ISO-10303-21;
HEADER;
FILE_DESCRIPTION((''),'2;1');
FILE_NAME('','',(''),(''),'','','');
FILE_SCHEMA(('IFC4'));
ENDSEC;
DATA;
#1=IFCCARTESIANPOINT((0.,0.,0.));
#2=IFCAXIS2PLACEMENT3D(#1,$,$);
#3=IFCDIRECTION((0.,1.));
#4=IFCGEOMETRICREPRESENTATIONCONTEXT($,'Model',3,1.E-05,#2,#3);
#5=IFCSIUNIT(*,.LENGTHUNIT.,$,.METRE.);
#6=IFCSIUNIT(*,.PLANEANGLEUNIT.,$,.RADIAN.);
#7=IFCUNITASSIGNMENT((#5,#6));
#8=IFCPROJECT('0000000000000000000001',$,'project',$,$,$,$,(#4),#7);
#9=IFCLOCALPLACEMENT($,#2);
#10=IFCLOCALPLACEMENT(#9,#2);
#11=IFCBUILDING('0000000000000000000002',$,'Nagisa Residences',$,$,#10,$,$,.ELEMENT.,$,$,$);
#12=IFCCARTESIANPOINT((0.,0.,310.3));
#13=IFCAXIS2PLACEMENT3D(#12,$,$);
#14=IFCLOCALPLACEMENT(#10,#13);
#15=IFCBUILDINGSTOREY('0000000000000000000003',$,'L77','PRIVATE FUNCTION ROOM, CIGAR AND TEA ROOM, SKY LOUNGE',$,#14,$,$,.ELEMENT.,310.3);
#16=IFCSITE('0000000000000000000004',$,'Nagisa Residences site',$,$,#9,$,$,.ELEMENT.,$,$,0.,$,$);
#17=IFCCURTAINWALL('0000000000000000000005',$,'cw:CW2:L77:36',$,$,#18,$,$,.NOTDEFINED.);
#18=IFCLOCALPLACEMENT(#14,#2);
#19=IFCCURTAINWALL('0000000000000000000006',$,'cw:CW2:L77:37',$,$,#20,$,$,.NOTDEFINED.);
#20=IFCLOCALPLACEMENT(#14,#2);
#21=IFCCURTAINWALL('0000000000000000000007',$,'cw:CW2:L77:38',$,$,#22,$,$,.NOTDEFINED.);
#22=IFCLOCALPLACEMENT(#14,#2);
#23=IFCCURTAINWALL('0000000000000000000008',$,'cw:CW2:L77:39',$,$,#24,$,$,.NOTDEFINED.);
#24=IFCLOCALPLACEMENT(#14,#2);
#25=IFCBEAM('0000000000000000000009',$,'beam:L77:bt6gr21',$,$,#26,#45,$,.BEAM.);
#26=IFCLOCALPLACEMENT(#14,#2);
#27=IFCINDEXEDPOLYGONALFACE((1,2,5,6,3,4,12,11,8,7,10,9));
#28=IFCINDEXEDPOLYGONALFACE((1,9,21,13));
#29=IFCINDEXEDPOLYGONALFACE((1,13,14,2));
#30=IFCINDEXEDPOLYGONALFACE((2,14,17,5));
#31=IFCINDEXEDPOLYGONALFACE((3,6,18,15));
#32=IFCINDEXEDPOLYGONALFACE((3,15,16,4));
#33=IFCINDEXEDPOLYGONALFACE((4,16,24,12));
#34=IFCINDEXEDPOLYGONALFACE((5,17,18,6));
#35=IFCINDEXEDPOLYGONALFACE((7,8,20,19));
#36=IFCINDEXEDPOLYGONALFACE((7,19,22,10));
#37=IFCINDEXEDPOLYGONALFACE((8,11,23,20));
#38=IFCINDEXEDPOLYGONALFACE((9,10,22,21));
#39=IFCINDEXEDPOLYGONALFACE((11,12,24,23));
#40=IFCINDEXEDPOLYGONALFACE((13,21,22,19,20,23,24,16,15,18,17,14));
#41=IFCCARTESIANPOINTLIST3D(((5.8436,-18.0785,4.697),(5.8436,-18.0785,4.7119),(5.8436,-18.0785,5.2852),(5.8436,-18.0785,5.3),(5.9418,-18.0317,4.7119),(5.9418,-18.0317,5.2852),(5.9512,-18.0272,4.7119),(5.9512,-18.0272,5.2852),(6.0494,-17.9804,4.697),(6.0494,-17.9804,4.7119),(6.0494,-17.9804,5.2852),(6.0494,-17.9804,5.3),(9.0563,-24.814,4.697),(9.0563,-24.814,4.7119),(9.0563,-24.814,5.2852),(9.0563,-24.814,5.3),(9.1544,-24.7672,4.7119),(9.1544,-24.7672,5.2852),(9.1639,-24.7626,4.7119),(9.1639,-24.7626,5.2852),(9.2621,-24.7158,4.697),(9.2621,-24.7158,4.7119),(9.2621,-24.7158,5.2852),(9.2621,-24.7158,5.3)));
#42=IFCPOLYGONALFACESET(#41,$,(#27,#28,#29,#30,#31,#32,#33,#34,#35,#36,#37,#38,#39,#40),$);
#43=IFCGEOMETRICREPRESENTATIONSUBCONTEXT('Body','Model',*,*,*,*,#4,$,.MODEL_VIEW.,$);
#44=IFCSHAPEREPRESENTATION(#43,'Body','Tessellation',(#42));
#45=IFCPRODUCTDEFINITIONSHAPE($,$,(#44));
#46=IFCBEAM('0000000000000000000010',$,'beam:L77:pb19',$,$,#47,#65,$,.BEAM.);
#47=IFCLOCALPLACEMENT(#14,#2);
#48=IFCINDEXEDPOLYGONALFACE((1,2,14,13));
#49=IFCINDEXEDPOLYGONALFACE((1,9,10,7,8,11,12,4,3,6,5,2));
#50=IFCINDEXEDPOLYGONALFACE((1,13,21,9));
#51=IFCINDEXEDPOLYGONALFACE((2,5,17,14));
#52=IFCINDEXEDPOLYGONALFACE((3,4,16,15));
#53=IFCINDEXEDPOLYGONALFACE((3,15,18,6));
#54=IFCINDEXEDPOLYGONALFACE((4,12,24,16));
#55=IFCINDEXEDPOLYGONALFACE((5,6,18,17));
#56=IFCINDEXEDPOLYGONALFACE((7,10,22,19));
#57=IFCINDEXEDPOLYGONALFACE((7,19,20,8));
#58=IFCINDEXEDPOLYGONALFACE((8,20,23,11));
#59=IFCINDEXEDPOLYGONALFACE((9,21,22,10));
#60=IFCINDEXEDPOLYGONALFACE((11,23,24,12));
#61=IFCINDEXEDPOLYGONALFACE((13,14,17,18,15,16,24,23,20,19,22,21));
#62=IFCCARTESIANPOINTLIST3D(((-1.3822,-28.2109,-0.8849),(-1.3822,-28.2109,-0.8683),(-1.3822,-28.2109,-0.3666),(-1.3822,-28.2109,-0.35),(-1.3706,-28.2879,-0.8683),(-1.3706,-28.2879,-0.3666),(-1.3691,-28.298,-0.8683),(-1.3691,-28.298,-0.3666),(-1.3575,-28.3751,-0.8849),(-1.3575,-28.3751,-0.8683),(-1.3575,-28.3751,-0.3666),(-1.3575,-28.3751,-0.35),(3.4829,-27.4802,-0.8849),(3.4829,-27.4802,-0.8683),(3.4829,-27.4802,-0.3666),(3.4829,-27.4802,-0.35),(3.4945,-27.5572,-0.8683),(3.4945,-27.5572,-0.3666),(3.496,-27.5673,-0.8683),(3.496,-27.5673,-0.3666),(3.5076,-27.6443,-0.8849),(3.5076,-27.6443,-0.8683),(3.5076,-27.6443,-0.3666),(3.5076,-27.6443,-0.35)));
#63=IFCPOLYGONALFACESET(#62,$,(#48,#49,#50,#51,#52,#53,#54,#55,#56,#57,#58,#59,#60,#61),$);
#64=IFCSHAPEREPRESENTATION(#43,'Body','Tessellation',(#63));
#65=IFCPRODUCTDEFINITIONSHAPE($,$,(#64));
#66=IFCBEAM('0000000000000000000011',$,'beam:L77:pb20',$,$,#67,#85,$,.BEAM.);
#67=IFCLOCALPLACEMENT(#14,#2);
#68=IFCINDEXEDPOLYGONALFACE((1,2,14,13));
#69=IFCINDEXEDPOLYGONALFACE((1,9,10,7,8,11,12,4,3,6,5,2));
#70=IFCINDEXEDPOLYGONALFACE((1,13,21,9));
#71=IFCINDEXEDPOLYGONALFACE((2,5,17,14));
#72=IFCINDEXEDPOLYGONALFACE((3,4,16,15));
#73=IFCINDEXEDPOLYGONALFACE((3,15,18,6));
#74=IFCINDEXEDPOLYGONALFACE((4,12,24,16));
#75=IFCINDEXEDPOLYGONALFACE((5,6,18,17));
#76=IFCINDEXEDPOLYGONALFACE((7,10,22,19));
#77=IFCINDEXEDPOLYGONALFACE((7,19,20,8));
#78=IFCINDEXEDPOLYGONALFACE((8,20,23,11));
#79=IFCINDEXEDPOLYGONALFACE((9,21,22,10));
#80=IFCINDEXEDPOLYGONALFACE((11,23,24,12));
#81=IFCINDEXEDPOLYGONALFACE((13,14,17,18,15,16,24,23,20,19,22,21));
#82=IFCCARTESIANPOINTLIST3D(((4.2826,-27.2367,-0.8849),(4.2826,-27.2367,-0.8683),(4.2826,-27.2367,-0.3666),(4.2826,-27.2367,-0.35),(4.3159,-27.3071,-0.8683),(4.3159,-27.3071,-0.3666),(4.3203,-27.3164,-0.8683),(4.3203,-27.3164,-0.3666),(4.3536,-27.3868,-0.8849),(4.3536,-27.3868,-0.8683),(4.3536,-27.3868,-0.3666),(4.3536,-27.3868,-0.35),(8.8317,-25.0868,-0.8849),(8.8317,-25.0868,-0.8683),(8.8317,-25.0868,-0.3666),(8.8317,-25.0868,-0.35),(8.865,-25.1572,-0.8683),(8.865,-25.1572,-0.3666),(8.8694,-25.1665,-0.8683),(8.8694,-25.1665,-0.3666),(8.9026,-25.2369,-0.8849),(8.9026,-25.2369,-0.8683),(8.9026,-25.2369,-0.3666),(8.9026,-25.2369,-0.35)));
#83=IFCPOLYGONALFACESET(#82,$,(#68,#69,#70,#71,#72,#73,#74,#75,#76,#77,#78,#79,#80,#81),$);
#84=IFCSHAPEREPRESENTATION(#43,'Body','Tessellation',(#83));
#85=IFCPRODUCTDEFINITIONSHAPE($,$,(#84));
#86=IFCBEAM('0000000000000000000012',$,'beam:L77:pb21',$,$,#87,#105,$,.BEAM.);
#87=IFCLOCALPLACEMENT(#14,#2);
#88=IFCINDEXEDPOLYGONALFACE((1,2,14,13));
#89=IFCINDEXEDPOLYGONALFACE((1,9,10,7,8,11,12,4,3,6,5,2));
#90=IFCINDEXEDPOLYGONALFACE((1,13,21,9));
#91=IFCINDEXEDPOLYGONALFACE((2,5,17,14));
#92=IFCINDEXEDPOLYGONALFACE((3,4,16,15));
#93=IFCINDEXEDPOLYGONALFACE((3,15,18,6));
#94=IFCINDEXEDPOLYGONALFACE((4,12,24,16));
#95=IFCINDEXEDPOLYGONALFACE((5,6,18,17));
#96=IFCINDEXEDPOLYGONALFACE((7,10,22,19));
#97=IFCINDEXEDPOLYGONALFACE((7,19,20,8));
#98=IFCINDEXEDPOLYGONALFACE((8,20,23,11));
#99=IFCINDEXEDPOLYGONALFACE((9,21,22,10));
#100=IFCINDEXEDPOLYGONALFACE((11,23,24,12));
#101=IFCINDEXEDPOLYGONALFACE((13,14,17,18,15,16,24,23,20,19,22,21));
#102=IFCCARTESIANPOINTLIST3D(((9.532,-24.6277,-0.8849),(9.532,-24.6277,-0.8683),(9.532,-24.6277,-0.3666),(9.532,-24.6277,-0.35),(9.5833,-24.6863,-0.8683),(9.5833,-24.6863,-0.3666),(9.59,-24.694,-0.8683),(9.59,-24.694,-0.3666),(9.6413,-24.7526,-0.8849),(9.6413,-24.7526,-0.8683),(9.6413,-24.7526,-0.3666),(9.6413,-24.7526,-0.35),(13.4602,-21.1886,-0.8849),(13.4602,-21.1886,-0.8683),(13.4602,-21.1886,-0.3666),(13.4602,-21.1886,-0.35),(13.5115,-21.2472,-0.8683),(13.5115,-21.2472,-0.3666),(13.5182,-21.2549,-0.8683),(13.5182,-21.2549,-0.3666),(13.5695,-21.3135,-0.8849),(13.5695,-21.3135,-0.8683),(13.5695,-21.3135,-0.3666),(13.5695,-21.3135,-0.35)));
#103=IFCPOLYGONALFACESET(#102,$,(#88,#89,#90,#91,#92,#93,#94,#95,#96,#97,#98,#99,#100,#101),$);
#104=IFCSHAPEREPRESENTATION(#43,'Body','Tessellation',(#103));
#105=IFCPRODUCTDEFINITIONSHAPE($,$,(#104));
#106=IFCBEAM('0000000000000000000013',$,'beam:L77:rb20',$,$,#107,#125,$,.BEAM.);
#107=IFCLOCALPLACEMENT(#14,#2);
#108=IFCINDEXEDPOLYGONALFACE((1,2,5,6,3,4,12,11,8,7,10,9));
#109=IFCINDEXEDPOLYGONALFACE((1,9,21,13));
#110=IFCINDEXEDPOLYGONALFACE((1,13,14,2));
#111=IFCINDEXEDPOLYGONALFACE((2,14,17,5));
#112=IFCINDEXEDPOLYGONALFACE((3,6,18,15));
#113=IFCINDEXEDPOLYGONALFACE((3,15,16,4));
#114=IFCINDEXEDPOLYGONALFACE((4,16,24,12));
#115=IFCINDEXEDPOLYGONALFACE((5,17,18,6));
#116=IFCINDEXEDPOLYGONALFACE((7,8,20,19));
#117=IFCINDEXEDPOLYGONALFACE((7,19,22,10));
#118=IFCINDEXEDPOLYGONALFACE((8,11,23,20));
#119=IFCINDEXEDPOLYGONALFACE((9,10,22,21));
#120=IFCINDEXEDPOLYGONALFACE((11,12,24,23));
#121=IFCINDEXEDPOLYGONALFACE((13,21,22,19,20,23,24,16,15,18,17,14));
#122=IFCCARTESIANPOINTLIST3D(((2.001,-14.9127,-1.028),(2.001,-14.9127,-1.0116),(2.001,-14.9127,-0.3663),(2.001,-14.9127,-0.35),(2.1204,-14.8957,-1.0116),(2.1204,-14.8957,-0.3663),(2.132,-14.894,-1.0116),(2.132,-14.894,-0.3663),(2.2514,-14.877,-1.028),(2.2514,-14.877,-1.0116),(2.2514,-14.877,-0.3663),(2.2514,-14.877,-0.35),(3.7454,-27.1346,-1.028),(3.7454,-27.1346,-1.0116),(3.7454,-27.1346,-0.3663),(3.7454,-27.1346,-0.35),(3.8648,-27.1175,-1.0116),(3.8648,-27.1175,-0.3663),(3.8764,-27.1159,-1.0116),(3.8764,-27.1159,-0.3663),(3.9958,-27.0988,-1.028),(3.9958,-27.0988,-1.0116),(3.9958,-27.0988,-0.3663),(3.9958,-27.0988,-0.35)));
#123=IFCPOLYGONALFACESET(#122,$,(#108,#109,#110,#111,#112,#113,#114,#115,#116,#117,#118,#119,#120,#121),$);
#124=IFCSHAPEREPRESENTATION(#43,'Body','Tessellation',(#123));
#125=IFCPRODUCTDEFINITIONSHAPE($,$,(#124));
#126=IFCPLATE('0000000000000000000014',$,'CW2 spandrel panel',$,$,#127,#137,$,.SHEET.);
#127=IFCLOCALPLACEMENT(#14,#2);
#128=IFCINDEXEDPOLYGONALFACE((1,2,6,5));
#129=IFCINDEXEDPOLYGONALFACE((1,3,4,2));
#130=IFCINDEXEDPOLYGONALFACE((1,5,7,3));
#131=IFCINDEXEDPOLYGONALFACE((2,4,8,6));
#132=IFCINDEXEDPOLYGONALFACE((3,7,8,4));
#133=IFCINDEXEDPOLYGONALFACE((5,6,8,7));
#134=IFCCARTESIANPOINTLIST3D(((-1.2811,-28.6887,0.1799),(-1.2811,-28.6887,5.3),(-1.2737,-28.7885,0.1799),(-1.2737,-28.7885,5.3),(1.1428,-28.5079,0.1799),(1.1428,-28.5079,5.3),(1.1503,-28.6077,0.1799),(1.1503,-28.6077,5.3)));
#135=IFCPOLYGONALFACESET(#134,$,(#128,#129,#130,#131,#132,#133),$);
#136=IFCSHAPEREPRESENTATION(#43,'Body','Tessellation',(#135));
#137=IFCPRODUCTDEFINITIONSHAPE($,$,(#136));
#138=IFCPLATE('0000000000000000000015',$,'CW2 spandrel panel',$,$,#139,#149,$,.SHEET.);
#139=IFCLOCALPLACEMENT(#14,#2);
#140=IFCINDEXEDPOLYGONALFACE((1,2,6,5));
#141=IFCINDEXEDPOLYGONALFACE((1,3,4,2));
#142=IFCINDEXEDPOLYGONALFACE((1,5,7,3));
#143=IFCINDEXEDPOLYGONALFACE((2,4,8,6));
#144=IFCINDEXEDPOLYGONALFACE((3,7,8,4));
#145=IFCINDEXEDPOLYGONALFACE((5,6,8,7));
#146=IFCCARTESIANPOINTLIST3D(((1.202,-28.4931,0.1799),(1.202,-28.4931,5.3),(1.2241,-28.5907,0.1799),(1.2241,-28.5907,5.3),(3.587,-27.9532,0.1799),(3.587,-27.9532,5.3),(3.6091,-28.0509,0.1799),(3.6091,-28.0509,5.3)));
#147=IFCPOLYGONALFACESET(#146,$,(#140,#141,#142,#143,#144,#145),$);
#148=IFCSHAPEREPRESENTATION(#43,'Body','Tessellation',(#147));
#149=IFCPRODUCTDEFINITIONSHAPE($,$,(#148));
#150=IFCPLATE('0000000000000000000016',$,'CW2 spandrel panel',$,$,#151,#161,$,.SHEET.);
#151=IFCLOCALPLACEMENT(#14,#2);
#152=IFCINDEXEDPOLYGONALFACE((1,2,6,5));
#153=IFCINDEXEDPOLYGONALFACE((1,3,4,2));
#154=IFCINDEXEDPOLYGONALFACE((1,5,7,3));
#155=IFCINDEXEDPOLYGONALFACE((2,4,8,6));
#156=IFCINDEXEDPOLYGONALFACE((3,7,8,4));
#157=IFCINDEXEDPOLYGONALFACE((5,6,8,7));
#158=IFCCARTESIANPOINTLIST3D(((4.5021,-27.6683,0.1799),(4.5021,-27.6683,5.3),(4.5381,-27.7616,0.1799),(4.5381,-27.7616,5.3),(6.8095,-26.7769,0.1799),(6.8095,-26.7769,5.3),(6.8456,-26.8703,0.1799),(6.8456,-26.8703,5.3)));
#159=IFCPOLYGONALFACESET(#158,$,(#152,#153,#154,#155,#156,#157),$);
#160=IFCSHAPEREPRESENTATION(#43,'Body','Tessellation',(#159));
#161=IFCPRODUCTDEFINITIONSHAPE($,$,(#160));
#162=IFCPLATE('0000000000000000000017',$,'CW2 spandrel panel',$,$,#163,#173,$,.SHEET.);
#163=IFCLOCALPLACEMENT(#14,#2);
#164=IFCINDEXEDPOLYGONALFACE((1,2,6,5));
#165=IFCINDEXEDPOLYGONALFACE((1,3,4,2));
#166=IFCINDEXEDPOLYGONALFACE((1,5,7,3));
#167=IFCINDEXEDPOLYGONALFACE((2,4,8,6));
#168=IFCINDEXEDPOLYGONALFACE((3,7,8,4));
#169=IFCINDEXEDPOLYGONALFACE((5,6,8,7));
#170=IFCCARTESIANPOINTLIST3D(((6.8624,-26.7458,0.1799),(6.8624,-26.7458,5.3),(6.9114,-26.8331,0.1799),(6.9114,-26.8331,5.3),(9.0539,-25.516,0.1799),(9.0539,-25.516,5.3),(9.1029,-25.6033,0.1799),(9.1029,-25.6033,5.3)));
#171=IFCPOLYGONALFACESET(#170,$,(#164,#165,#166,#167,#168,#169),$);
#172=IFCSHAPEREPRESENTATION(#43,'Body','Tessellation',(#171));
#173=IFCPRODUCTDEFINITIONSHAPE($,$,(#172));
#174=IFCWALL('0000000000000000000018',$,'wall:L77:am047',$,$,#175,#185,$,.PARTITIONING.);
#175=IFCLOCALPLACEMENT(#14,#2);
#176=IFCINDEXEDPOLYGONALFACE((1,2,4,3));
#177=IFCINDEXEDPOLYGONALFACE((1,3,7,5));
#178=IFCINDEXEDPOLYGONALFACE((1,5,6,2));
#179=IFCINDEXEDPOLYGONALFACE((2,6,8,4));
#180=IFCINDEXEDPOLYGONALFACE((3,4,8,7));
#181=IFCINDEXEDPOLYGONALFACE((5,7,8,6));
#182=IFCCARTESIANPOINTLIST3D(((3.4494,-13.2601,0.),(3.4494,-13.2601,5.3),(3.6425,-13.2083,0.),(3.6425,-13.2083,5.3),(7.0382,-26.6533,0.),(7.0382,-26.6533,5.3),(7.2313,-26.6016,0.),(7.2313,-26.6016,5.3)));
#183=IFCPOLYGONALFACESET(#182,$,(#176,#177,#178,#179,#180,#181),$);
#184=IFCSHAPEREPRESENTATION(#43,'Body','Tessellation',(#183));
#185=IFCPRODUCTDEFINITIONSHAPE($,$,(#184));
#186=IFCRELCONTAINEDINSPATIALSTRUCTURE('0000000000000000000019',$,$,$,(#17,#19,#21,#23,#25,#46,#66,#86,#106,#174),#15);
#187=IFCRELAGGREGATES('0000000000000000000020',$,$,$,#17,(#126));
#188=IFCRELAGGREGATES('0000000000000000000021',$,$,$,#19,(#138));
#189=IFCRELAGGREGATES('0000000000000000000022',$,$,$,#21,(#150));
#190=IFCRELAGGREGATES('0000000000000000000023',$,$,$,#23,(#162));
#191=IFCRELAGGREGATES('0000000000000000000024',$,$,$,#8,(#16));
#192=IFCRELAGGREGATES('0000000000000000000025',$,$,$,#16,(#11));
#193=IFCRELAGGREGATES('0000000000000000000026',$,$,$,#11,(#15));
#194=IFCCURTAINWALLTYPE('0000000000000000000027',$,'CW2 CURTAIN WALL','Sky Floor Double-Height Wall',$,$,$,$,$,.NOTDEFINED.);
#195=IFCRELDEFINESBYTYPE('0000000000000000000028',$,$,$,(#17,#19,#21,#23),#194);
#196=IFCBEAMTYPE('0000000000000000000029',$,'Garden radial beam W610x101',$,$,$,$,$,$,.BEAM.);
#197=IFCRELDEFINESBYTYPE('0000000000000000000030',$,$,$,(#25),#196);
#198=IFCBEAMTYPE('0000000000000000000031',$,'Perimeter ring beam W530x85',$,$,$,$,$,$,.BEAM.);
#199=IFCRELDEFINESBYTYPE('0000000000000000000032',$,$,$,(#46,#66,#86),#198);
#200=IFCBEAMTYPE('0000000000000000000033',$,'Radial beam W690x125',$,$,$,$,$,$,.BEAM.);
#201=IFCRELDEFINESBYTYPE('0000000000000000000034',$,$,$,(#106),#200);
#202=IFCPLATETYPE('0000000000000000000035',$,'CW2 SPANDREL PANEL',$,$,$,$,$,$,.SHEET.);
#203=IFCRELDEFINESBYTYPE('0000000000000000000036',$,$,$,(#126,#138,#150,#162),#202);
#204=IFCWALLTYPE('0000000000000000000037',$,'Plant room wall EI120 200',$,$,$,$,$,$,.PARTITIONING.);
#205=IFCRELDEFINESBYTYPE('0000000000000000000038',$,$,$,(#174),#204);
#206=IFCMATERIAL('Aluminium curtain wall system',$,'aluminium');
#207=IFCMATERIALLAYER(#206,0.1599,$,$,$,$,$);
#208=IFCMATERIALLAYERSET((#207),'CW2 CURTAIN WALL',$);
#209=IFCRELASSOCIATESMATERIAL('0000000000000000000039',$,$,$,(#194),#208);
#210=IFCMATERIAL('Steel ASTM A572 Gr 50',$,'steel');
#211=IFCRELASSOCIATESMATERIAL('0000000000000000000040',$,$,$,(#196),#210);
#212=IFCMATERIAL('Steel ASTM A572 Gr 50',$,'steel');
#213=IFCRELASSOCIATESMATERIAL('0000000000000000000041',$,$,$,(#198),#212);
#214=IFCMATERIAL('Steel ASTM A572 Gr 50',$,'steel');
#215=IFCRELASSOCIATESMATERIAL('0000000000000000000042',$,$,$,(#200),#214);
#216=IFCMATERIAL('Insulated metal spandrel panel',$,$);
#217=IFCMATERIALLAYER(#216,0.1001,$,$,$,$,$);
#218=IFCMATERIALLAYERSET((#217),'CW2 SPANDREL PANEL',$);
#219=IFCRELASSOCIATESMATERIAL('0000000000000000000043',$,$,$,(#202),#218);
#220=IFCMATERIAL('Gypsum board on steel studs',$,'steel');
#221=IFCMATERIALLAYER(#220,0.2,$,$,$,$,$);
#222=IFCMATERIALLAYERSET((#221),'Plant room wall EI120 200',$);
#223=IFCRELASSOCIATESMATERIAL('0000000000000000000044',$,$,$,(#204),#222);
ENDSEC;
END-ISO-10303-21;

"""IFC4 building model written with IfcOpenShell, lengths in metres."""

from ifc_helpers import new_model, si_unit, direction, frame, frame_2d, origin, origin_2d, place, context, subcontext, project, spatial, rectangle, i_section, extrude, material, layer, layer_set, material_profile, profile_set, type_object, element, aggregate, save


model = new_model("IFC4")

# Units and contexts
model_context = context("Model", 3, precision=1e-05, world=origin(), true_north=direction((0.0, 1.0)))
body_context = subcontext(model_context, "Body", "Model", "MODEL_VIEW")
ifc_project = project(units=[si_unit("LENGTHUNIT", "METRE"), si_unit("PLANEANGLEUNIT", "RADIAN")], contexts=[model_context])

# Site, building, storey
site_placement = place(None, origin())
site = spatial("IfcSite", under=ifc_project, at=site_placement, Name="Nagisa Residences site", CompositionType="ELEMENT", RefElevation=0.0)
building_placement = place(site_placement, origin())
building = spatial("IfcBuilding", under=site, at=building_placement, Name="Nagisa Residences", CompositionType="ELEMENT")
storey_placement = place(building_placement, frame((0.0, 0.0, 310.3)))
storey = spatial("IfcBuildingStorey", under=building, at=storey_placement, Name="L77", Description="PRIVATE FUNCTION ROOM, CIGAR AND TEA ROOM, SKY LOUNGE", CompositionType="ELEMENT", Elevation=310.3)

# Curtain walls
ifc_material_1 = material(Name="Aluminium curtain wall system", Category="aluminium")
ifc_layer_1 = layer(ifc_material_1, 0.1599)
ifc_layer_set_1 = layer_set([ifc_layer_1], Name="CW2 CURTAIN WALL")
curtain_wall_type = type_object("IfcCurtainWallType", Name="CW2 CURTAIN WALL", Description="Sky Floor Double-Height Wall", PredefinedType="NOTDEFINED", material=ifc_layer_set_1)
curtain_wall_1_placement = place(storey_placement, origin())
curtain_wall_1 = element("IfcCurtainWall", 1, at=curtain_wall_1_placement, inside=storey, type_object=curtain_wall_type, Name="cw:CW2:L77:36", PredefinedType="NOTDEFINED")
curtain_wall_2_placement = place(storey_placement, origin())
curtain_wall_2 = element("IfcCurtainWall", 2, at=curtain_wall_2_placement, inside=storey, type_object=curtain_wall_type, Name="cw:CW2:L77:37", PredefinedType="NOTDEFINED")
curtain_wall_3_placement = place(storey_placement, origin())
curtain_wall_3 = element("IfcCurtainWall", 3, at=curtain_wall_3_placement, inside=storey, type_object=curtain_wall_type, Name="cw:CW2:L77:38", PredefinedType="NOTDEFINED")
curtain_wall_4_placement = place(storey_placement, origin())
curtain_wall_4 = element("IfcCurtainWall", 4, at=curtain_wall_4_placement, inside=storey, type_object=curtain_wall_type, Name="cw:CW2:L77:39", PredefinedType="NOTDEFINED")

# Beams
ifc_material_2 = material(Name="Steel ASTM A572 Gr 50", Category="steel")
ifc_material_profile_1 = material_profile(ifc_material_2, i_section(OverallWidth=0.228, OverallDepth=0.603, WebThickness=0.0105, FlangeThickness=0.0149, at=origin_2d()), Name="W610x101")
ifc_profile_set_1 = profile_set([ifc_material_profile_1], Name="Steel ASTM A572 Gr 50")
beam_type_1 = type_object("IfcBeamType", Name="Garden radial beam W610x101", PredefinedType="BEAM", material=ifc_profile_set_1)
beam_1_placement = place(storey_placement, frame((9.1592, -24.7649, 4.9985), z_axis=(-0.430516, 0.902583, 0.0), x_axis=(-0.902583, -0.430516, 0.0)))
element("IfcBeam", 5, at=beam_1_placement, inside=storey, type_object=beam_type_1, Name="beam:L77:bt6gr21", PredefinedType="BEAM", context=body_context, shape_type="SweptSolid", body=[
    extrude(i_section(OverallWidth=0.228, OverallDepth=0.603, WebThickness=0.0105, FlangeThickness=0.0149, at=origin_2d()), origin(), (0.0, 0.0, 1.0), 7.4624),
])
ifc_material_3 = material(Name="Steel ASTM A572 Gr 50", Category="steel")
ifc_material_profile_2 = material_profile(ifc_material_3, i_section(OverallWidth=0.166, OverallDepth=0.5349, WebThickness=0.0103, FlangeThickness=0.0166, at=origin_2d()), Name="W530x85")
ifc_profile_set_2 = profile_set([ifc_material_profile_2], Name="Steel ASTM A572 Gr 50")
beam_type_2 = type_object("IfcBeamType", Name="Perimeter ring beam W530x85", PredefinedType="BEAM", material=ifc_profile_set_2)
beam_2_placement = place(storey_placement, frame((-1.3699, -28.293, -0.6174), z_axis=(0.988908, 0.148532, 0.0), x_axis=(-0.148532, 0.988908, 0.0)))
element("IfcBeam", 6, at=beam_2_placement, inside=storey, type_object=beam_type_2, Name="beam:L77:pb19", PredefinedType="BEAM", context=body_context, shape_type="SweptSolid", body=[
    extrude(i_section(OverallWidth=0.166, OverallDepth=0.5349, WebThickness=0.0103, FlangeThickness=0.0166, at=origin_2d()), origin(), (0.0, 0.0, 1.0), 4.9197),
])
beam_3_placement = place(storey_placement, frame((4.3181, -27.3118, -0.6174), z_axis=(0.904116, 0.427287, 0.0), x_axis=(-0.427287, 0.904116, 0.0)))
element("IfcBeam", 7, at=beam_3_placement, inside=storey, type_object=beam_type_2, Name="beam:L77:pb20", PredefinedType="BEAM", context=body_context, shape_type="SweptSolid", body=[
    extrude(i_section(OverallWidth=0.166, OverallDepth=0.5349, WebThickness=0.0103, FlangeThickness=0.0166, at=origin_2d()), origin(), (0.0, 0.0, 1.0), 5.0315),
])
beam_4_placement = place(storey_placement, frame((9.5867, -24.6902, -0.6174), z_axis=(0.752385, 0.658723, 0.0), x_axis=(-0.658723, 0.752385, 0.0)))
element("IfcBeam", 8, at=beam_4_placement, inside=storey, type_object=beam_type_2, Name="beam:L77:pb21", PredefinedType="BEAM", context=body_context, shape_type="SweptSolid", body=[
    extrude(i_section(OverallWidth=0.166, OverallDepth=0.5349, WebThickness=0.0103, FlangeThickness=0.0166, at=origin_2d()), origin(), (0.0, 0.0, 1.0), 5.2209),
])
ifc_material_4 = material(Name="Steel ASTM A572 Gr 50", Category="steel")
ifc_material_profile_3 = material_profile(ifc_material_4, i_section(OverallWidth=0.2529, OverallDepth=0.678, WebThickness=0.0117, FlangeThickness=0.0164, at=origin_2d()), Name="W690x125")
ifc_profile_set_3 = profile_set([ifc_material_profile_3], Name="Steel ASTM A572 Gr 50")
beam_type_3 = type_object("IfcBeamType", Name="Radial beam W690x125", PredefinedType="BEAM", material=ifc_profile_set_3)
beam_5_placement = place(storey_placement, frame((3.8706, -27.1167, -0.689), z_axis=(-0.141294, 0.989968, 0.0), x_axis=(-0.989968, -0.141294, 0.0)))
element("IfcBeam", 9, at=beam_5_placement, inside=storey, type_object=beam_type_3, Name="beam:L77:rb20", PredefinedType="BEAM", context=body_context, shape_type="SweptSolid", body=[
    extrude(i_section(OverallWidth=0.2529, OverallDepth=0.678, WebThickness=0.0117, FlangeThickness=0.0164, at=origin_2d()), origin(), (0.0, 0.0, 1.0), 12.3457),
])

# Plates
ifc_material_5 = material(Name="Insulated metal spandrel panel")
ifc_layer_2 = layer(ifc_material_5, 0.1001)
ifc_layer_set_2 = layer_set([ifc_layer_2], Name="CW2 SPANDREL PANEL")
plate_type = type_object("IfcPlateType", Name="CW2 SPANDREL PANEL", PredefinedType="SHEET", material=ifc_layer_set_2)
plate_1_placement = place(storey_placement, frame((-0.0654, -28.6482, 0.1799), z_axis=(0.0, 0.0, 1.0), x_axis=(0.99723, 0.074377, 0.0)))
plate_1 = element("IfcPlate", 10, at=plate_1_placement, type_object=plate_type, Name="CW2 spandrel panel", PredefinedType="SHEET", context=body_context, shape_type="SweptSolid", body=[
    extrude(rectangle(XDim=2.4307, YDim=0.1001, at=origin_2d()), origin(), (0.0, 0.0, 1.0), 5.1201),
])
aggregate(curtain_wall_1, [plate_1])
plate_2_placement = place(storey_placement, frame((2.4055, -28.272, 0.1799), z_axis=(0.0, 0.0, 1.0), x_axis=(0.975327, 0.220764, 0.0)))
plate_2 = element("IfcPlate", 11, at=plate_2_placement, type_object=plate_type, Name="CW2 spandrel panel", PredefinedType="SHEET", context=body_context, shape_type="SweptSolid", body=[
    extrude(rectangle(XDim=2.4453, YDim=0.1001, at=origin_2d()), origin(), (0.0, 0.0, 1.0), 5.1201),
])
aggregate(curtain_wall_2, [plate_2])
plate_3_placement = place(storey_placement, frame((5.6738, -27.2693, 0.1799), z_axis=(0.0, 0.0, 1.0), x_axis=(0.932826, 0.360328, 0.0)))
plate_3 = element("IfcPlate", 12, at=plate_3_placement, type_object=plate_type, Name="CW2 spandrel panel", PredefinedType="SHEET", context=body_context, shape_type="SweptSolid", body=[
    extrude(rectangle(XDim=2.4736, YDim=0.1001, at=origin_2d()), origin(), (0.0, 0.0, 1.0), 5.1201),
])
aggregate(curtain_wall_3, [plate_3])
plate_4_placement = place(storey_placement, frame((7.9827, -26.1746, 0.1799), z_axis=(0.0, 0.0, 1.0), x_axis=(0.872072, 0.489377, 0.0)))
plate_4 = element("IfcPlate", 13, at=plate_4_placement, type_object=plate_type, Name="CW2 spandrel panel", PredefinedType="SHEET", context=body_context, shape_type="SweptSolid", body=[
    extrude(rectangle(XDim=2.5129, YDim=0.1001, at=origin_2d()), origin(), (0.0, 0.0, 1.0), 5.1201),
])
aggregate(curtain_wall_4, [plate_4])

# Wall
ifc_material_6 = material(Name="Gypsum board on steel studs", Category="steel")
ifc_layer_3 = layer(ifc_material_6, 0.2)
ifc_layer_set_3 = layer_set([ifc_layer_3], Name="Plant room wall EI120 200")
wall_type = type_object("IfcWallType", Name="Plant room wall EI120 200", PredefinedType="PARTITIONING", material=ifc_layer_set_3)
wall_placement = place(storey_placement, frame((7.1348, -26.6274, 0.0), z_axis=(0.0, 0.0, 1.0), x_axis=(-0.258828, 0.965923, 0.0)))
element("IfcWall", 14, at=wall_placement, inside=storey, type_object=wall_type, Name="wall:L77:am047", PredefinedType="PARTITIONING", context=body_context, shape_type="SweptSolid", body=[
    extrude(rectangle(XDim=13.8657, YDim=0.2, at=frame_2d((6.9329, 0.0))), origin(), (0.0, 0.0, 1.0), 5.3),
])

save(model, "model.ifc")
